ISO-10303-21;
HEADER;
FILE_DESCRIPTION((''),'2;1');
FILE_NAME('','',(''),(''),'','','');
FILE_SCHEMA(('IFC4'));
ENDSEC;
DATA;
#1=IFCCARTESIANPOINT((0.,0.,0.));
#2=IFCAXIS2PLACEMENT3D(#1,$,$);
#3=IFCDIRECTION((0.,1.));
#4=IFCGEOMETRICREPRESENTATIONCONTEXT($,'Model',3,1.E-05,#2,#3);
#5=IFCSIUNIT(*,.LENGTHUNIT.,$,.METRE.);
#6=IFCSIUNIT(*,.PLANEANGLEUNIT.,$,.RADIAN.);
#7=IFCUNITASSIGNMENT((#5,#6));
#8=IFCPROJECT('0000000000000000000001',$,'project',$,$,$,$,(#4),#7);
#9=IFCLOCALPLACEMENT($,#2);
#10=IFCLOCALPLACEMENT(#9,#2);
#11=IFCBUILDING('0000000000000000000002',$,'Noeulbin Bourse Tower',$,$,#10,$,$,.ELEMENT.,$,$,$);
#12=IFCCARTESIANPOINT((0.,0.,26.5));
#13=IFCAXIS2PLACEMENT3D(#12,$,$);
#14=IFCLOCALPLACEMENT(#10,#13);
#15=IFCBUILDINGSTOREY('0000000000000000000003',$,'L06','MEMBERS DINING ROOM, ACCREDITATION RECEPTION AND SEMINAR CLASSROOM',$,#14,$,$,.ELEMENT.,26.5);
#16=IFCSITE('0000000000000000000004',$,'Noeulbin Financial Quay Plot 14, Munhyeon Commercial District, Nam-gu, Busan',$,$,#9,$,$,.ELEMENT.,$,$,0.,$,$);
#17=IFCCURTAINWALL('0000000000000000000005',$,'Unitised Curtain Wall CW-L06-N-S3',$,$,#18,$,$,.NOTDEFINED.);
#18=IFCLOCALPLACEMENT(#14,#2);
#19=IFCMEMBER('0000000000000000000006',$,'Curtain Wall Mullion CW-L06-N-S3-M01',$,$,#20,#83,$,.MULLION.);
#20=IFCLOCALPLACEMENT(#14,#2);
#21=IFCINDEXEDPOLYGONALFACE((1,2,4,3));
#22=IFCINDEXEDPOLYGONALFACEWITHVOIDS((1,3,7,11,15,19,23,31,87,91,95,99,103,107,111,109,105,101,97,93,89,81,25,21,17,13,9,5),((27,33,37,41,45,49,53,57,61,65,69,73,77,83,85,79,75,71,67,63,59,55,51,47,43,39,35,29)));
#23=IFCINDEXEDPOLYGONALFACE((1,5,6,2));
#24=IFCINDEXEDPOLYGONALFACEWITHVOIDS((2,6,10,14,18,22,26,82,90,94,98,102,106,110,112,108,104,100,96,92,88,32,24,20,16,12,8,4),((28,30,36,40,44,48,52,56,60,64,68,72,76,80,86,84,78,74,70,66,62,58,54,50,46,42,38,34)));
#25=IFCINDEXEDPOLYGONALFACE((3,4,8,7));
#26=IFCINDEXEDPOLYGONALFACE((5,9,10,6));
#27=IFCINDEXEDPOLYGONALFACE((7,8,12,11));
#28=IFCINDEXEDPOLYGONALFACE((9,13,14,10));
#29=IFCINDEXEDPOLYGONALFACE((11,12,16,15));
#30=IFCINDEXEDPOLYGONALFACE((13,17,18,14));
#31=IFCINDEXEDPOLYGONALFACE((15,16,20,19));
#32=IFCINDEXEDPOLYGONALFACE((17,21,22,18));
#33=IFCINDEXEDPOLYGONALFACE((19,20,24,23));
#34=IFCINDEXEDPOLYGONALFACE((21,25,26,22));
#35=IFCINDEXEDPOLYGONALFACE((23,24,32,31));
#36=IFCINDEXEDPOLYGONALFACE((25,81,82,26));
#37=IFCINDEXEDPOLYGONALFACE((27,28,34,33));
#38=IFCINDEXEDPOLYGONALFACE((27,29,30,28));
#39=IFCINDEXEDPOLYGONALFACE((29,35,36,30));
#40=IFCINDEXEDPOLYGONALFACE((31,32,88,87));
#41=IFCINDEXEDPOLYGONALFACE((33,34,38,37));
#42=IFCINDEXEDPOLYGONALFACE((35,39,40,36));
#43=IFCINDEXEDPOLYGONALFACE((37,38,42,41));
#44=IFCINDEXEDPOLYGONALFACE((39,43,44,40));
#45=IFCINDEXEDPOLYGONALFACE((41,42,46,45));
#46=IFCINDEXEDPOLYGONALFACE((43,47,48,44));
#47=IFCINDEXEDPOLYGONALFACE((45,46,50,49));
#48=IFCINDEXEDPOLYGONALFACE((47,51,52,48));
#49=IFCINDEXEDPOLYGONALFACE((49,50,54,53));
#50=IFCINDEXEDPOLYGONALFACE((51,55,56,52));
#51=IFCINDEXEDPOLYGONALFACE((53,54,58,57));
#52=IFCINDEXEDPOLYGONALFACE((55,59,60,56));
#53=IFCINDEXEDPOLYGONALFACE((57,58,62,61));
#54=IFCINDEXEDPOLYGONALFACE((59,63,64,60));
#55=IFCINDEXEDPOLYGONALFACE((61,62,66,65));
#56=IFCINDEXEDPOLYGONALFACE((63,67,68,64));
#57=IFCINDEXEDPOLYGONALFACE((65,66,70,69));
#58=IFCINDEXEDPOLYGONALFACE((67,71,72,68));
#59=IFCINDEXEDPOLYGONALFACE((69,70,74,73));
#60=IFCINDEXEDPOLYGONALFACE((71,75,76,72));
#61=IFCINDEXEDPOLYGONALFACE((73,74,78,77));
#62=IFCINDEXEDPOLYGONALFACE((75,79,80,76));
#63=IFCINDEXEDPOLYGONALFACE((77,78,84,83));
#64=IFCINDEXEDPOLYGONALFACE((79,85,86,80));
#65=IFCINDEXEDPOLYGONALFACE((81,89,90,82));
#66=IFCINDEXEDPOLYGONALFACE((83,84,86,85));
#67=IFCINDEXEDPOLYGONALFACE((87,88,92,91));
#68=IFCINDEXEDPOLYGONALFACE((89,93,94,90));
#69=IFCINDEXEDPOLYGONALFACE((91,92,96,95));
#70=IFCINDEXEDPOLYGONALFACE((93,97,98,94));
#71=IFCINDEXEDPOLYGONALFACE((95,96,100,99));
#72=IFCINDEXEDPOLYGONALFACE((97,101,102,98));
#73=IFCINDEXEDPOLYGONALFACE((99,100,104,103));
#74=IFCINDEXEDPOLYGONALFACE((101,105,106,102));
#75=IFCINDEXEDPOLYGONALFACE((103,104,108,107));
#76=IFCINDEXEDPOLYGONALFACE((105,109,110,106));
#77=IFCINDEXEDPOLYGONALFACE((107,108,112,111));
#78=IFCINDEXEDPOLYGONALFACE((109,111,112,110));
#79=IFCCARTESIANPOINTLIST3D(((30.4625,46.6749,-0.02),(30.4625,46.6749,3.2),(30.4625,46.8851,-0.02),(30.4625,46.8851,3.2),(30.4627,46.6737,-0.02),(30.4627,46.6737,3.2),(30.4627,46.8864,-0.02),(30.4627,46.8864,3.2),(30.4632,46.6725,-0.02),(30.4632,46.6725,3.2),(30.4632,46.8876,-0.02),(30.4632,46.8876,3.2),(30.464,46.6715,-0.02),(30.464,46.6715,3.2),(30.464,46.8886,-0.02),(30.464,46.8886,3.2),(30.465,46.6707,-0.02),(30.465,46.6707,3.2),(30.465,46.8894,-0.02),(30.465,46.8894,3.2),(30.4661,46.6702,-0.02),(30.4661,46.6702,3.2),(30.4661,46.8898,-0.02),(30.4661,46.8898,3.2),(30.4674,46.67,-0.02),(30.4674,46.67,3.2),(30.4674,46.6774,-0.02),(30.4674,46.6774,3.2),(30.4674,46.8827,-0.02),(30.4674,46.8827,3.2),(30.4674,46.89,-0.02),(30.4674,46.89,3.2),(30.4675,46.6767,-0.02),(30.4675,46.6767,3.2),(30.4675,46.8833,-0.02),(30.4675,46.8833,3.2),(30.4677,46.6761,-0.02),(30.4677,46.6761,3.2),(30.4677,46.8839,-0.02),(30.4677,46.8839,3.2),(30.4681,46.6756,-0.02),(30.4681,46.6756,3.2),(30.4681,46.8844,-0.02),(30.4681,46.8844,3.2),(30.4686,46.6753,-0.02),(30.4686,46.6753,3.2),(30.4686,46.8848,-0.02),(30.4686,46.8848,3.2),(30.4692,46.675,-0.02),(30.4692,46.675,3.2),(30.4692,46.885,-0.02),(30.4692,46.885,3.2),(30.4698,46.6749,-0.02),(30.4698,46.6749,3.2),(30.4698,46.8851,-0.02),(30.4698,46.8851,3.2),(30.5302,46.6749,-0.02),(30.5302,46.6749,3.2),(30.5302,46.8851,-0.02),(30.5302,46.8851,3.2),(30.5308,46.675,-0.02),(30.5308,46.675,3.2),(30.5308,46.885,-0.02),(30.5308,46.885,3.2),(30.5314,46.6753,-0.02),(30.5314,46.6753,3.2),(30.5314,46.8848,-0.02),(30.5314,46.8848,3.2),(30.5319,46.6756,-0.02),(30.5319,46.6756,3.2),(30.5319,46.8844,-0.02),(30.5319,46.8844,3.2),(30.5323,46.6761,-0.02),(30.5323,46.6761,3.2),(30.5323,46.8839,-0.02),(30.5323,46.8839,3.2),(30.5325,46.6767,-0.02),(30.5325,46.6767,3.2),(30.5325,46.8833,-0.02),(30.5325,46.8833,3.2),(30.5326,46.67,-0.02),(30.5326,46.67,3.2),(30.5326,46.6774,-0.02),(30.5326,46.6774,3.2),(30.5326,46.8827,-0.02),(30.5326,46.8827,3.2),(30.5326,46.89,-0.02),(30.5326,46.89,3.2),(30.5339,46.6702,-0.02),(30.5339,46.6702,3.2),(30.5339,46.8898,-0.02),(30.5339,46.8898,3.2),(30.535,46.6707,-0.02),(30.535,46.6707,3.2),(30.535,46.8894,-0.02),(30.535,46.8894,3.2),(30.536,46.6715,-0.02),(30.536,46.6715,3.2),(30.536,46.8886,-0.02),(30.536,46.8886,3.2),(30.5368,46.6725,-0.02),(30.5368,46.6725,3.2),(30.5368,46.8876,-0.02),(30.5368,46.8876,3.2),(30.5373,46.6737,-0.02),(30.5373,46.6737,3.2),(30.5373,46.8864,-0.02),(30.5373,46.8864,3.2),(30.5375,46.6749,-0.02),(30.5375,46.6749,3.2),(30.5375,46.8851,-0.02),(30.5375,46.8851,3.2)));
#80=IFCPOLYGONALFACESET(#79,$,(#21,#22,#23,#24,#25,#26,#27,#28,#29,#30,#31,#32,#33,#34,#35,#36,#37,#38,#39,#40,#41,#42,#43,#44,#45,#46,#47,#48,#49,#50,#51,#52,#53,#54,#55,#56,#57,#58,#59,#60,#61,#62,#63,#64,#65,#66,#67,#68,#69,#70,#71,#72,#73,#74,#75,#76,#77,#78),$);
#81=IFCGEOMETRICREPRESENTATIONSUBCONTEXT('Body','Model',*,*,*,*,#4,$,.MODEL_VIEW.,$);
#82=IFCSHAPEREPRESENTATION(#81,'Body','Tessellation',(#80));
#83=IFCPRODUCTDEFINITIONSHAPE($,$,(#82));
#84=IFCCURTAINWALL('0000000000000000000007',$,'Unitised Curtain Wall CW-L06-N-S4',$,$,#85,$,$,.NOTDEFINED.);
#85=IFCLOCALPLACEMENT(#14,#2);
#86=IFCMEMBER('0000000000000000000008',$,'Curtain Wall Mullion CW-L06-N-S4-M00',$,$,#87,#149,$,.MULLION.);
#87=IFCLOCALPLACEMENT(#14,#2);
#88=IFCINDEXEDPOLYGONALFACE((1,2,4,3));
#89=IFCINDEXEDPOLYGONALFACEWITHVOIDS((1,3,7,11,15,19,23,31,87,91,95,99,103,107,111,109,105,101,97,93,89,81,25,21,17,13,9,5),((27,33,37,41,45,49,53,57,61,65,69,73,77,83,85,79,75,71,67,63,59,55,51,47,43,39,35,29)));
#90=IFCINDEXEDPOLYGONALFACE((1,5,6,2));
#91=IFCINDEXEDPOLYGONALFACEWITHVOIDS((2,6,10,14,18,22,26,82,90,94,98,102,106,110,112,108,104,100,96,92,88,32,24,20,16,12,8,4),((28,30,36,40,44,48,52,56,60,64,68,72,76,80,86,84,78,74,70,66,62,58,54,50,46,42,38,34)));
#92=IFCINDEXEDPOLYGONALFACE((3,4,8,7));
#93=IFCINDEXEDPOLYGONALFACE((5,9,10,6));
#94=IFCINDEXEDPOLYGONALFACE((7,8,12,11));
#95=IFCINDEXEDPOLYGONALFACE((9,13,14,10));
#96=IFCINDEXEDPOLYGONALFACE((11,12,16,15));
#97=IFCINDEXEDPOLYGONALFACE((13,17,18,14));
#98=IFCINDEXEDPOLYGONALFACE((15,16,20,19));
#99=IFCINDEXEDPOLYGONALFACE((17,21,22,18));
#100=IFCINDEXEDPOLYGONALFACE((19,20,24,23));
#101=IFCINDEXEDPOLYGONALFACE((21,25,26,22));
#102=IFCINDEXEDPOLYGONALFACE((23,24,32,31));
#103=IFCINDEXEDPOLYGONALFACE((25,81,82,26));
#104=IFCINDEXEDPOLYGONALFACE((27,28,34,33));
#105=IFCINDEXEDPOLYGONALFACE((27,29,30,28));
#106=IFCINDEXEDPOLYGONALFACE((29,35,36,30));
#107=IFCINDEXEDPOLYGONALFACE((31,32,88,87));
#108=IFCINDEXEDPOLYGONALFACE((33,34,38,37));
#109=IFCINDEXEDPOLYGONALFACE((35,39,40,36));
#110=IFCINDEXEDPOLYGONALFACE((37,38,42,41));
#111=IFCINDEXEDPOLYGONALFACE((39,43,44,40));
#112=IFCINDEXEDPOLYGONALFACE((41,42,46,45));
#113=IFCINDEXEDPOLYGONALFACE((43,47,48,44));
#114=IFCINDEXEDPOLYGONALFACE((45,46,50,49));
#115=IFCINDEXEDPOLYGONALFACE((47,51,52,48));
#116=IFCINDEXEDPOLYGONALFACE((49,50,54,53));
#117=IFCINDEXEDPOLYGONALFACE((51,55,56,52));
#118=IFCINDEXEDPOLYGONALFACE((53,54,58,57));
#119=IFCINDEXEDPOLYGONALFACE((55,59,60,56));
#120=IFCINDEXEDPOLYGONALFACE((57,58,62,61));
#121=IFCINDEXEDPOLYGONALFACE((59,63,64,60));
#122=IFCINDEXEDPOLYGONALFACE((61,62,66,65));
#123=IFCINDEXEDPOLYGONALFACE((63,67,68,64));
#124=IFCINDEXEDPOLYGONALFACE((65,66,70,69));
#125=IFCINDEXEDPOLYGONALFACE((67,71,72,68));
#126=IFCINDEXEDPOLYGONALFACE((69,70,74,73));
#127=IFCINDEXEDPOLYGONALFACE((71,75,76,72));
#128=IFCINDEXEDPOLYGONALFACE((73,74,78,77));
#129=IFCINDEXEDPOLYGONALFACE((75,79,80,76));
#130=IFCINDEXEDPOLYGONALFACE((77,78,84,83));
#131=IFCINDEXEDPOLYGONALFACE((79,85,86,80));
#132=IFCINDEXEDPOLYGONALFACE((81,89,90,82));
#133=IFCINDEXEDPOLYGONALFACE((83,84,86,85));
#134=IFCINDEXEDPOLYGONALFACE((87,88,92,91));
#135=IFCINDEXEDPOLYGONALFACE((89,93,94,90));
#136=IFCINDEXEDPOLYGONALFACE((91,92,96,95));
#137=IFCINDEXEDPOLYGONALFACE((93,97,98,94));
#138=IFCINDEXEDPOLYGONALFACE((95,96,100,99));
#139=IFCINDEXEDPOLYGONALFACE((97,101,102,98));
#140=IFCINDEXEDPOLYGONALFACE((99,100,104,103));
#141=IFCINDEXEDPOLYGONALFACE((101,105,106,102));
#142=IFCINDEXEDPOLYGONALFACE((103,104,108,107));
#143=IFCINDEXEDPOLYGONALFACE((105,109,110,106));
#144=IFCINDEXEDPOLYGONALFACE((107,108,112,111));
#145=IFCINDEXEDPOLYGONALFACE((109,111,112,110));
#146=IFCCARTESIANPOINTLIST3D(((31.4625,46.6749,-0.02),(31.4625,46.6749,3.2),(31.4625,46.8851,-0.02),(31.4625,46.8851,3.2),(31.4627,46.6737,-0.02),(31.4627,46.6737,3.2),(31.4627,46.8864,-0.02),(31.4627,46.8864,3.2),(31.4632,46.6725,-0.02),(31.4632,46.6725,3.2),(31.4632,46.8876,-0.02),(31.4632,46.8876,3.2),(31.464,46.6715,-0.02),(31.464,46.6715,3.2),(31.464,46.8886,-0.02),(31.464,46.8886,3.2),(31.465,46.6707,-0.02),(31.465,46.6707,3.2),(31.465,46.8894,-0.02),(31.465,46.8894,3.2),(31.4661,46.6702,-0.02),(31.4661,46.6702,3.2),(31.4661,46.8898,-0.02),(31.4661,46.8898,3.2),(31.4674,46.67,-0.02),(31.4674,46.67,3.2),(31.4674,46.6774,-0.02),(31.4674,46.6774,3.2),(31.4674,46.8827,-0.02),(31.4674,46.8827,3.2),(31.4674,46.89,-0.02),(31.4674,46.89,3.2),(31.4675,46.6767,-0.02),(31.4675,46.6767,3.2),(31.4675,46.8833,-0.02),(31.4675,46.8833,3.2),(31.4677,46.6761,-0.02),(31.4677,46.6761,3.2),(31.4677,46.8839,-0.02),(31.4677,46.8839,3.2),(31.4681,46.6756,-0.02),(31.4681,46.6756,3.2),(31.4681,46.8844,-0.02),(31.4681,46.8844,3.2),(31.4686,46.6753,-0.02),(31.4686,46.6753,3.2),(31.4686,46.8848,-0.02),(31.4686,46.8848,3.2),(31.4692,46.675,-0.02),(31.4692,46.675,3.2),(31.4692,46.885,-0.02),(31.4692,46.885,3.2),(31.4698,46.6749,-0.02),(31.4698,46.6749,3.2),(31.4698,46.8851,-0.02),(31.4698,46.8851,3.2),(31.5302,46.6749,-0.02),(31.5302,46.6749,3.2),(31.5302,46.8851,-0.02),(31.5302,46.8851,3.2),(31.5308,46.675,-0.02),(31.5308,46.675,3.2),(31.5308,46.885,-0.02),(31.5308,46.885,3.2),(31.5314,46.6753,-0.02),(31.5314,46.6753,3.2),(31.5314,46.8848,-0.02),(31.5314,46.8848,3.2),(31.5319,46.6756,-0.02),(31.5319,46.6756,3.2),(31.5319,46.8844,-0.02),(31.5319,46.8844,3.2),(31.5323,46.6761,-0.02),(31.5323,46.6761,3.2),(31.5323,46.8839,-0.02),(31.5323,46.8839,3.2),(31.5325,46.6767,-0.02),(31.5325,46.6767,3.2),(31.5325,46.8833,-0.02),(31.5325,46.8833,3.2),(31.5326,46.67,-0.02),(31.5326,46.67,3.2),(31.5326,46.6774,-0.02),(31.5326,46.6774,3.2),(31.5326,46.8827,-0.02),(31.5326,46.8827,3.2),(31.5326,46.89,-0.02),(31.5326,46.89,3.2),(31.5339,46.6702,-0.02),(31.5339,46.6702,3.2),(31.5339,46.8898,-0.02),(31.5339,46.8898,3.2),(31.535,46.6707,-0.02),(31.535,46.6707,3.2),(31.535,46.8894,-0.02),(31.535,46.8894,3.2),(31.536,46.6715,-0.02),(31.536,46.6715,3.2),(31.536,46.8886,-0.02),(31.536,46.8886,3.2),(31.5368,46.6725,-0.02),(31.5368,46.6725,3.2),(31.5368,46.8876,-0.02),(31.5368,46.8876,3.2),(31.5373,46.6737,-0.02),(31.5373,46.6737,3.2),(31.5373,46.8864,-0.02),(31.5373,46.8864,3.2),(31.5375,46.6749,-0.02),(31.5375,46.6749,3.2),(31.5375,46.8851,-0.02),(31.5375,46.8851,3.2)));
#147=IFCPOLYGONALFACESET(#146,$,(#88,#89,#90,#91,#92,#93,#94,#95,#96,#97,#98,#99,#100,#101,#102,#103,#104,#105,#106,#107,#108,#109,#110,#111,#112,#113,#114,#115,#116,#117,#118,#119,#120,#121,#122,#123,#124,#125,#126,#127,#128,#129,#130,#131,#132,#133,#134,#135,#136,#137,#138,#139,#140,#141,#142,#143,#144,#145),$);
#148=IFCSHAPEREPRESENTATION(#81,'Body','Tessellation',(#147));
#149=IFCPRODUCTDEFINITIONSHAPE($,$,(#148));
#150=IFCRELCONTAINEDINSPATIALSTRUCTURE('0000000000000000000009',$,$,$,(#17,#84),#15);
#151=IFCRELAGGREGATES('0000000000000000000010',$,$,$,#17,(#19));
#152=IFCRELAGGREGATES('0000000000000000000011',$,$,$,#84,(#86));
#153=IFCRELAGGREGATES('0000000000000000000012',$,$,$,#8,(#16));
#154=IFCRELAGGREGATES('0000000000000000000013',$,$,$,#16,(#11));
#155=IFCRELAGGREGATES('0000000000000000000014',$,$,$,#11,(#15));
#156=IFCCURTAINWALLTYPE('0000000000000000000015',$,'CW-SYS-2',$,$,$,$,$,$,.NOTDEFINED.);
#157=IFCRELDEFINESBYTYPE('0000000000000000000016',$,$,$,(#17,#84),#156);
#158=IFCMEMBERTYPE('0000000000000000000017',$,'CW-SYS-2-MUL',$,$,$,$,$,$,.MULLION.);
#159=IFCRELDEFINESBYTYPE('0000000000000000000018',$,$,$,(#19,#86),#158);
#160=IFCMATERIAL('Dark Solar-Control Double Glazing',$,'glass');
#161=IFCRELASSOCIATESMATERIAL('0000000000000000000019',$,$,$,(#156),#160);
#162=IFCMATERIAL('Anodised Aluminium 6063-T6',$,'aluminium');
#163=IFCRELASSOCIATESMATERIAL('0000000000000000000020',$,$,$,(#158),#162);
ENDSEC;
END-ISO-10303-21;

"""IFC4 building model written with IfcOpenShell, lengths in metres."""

from ifc_helpers import new_model, si_unit, direction, frame, origin, origin_2d, place, context, subcontext, project, spatial, hollow_rectangle, extrude, material, material_profile, profile_set, type_object, element, aggregate, save


model = new_model("IFC4")

# Units and contexts
model_context = context("Model", 3, precision=1e-05, world=origin(), true_north=direction((0.0, 1.0)))
body_context = subcontext(model_context, "Body", "Model", "MODEL_VIEW")
ifc_project = project(units=[si_unit("LENGTHUNIT", "METRE"), si_unit("PLANEANGLEUNIT", "RADIAN")], contexts=[model_context])

# Site, building, storey
site_placement = place(None, origin())
site = spatial("IfcSite", under=ifc_project, at=site_placement, Name="Noeulbin Financial Quay Plot 14, Munhyeon Commercial District, Nam-gu, Busan", CompositionType="ELEMENT", RefElevation=0.0)
building_placement = place(site_placement, origin())
building = spatial("IfcBuilding", under=site, at=building_placement, Name="Noeulbin Bourse Tower", CompositionType="ELEMENT")
storey_placement = place(building_placement, frame((0.0, 0.0, 26.5)))
storey = spatial("IfcBuildingStorey", under=building, at=storey_placement, Name="L06", Description="MEMBERS DINING ROOM, ACCREDITATION RECEPTION AND SEMINAR CLASSROOM", CompositionType="ELEMENT", Elevation=26.5)

# Curtain wall, member
ifc_material_1 = material(Name="Dark Solar-Control Double Glazing", Category="glass")
curtain_wall_type = type_object("IfcCurtainWallType", Name="CW-SYS-2", PredefinedType="NOTDEFINED", material=ifc_material_1)
curtain_wall_1_placement = place(storey_placement, origin())
curtain_wall_1 = element("IfcCurtainWall", 1, at=curtain_wall_1_placement, inside=storey, type_object=curtain_wall_type, Name="Unitised Curtain Wall CW-L06-N-S3", PredefinedType="NOTDEFINED")
ifc_material_2 = material(Name="Anodised Aluminium 6063-T6", Category="aluminium")
ifc_material_profile_1 = material_profile(ifc_material_2, hollow_rectangle(XDim=0.075, YDim=0.22, WallThickness=0.0049, InnerFilletRadius=0.0024, OuterFilletRadius=0.0049, at=origin_2d()), Name="ALU-MULL-75x220x5", Category="LoadBearing")
ifc_profile_set_1 = profile_set([ifc_material_profile_1], Name="Anodised Aluminium 6063-T6")
member_type_1 = type_object("IfcMemberType", Name="CW-SYS-2-MUL", PredefinedType="MULLION", material=ifc_profile_set_1)
member_1_placement = place(storey_placement, frame((30.5, 46.78, -0.02), z_axis=(0.0, 0.0, 1.0), x_axis=(1.0, 0.0, 0.0)))
member_1 = element("IfcMember", 2, at=member_1_placement, type_object=member_type_1, Name="Curtain Wall Mullion CW-L06-N-S3-M01", PredefinedType="MULLION", context=body_context, shape_type="SweptSolid", body=[
    extrude(hollow_rectangle(XDim=0.075, YDim=0.22, WallThickness=0.0049, InnerFilletRadius=0.0024, OuterFilletRadius=0.0049, at=origin_2d()), origin(), (0.0, 0.0, 1.0), 3.22),
])
aggregate(curtain_wall_1, [member_1])

# Curtain wall, member
curtain_wall_2_placement = place(storey_placement, origin())
curtain_wall_2 = element("IfcCurtainWall", 3, at=curtain_wall_2_placement, inside=storey, type_object=curtain_wall_type, Name="Unitised Curtain Wall CW-L06-N-S4", PredefinedType="NOTDEFINED")
member_2_placement = place(storey_placement, frame((31.5, 46.78, -0.02), z_axis=(0.0, 0.0, 1.0), x_axis=(1.0, 0.0, 0.0)))
member_2 = element("IfcMember", 4, at=member_2_placement, type_object=member_type_1, Name="Curtain Wall Mullion CW-L06-N-S4-M00", PredefinedType="MULLION", context=body_context, shape_type="SweptSolid", body=[
    extrude(hollow_rectangle(XDim=0.075, YDim=0.22, WallThickness=0.0049, InnerFilletRadius=0.0024, OuterFilletRadius=0.0049, at=origin_2d()), origin(), (0.0, 0.0, 1.0), 3.22),
])

aggregate(curtain_wall_2, [member_2])

save(model, "model.ifc")
